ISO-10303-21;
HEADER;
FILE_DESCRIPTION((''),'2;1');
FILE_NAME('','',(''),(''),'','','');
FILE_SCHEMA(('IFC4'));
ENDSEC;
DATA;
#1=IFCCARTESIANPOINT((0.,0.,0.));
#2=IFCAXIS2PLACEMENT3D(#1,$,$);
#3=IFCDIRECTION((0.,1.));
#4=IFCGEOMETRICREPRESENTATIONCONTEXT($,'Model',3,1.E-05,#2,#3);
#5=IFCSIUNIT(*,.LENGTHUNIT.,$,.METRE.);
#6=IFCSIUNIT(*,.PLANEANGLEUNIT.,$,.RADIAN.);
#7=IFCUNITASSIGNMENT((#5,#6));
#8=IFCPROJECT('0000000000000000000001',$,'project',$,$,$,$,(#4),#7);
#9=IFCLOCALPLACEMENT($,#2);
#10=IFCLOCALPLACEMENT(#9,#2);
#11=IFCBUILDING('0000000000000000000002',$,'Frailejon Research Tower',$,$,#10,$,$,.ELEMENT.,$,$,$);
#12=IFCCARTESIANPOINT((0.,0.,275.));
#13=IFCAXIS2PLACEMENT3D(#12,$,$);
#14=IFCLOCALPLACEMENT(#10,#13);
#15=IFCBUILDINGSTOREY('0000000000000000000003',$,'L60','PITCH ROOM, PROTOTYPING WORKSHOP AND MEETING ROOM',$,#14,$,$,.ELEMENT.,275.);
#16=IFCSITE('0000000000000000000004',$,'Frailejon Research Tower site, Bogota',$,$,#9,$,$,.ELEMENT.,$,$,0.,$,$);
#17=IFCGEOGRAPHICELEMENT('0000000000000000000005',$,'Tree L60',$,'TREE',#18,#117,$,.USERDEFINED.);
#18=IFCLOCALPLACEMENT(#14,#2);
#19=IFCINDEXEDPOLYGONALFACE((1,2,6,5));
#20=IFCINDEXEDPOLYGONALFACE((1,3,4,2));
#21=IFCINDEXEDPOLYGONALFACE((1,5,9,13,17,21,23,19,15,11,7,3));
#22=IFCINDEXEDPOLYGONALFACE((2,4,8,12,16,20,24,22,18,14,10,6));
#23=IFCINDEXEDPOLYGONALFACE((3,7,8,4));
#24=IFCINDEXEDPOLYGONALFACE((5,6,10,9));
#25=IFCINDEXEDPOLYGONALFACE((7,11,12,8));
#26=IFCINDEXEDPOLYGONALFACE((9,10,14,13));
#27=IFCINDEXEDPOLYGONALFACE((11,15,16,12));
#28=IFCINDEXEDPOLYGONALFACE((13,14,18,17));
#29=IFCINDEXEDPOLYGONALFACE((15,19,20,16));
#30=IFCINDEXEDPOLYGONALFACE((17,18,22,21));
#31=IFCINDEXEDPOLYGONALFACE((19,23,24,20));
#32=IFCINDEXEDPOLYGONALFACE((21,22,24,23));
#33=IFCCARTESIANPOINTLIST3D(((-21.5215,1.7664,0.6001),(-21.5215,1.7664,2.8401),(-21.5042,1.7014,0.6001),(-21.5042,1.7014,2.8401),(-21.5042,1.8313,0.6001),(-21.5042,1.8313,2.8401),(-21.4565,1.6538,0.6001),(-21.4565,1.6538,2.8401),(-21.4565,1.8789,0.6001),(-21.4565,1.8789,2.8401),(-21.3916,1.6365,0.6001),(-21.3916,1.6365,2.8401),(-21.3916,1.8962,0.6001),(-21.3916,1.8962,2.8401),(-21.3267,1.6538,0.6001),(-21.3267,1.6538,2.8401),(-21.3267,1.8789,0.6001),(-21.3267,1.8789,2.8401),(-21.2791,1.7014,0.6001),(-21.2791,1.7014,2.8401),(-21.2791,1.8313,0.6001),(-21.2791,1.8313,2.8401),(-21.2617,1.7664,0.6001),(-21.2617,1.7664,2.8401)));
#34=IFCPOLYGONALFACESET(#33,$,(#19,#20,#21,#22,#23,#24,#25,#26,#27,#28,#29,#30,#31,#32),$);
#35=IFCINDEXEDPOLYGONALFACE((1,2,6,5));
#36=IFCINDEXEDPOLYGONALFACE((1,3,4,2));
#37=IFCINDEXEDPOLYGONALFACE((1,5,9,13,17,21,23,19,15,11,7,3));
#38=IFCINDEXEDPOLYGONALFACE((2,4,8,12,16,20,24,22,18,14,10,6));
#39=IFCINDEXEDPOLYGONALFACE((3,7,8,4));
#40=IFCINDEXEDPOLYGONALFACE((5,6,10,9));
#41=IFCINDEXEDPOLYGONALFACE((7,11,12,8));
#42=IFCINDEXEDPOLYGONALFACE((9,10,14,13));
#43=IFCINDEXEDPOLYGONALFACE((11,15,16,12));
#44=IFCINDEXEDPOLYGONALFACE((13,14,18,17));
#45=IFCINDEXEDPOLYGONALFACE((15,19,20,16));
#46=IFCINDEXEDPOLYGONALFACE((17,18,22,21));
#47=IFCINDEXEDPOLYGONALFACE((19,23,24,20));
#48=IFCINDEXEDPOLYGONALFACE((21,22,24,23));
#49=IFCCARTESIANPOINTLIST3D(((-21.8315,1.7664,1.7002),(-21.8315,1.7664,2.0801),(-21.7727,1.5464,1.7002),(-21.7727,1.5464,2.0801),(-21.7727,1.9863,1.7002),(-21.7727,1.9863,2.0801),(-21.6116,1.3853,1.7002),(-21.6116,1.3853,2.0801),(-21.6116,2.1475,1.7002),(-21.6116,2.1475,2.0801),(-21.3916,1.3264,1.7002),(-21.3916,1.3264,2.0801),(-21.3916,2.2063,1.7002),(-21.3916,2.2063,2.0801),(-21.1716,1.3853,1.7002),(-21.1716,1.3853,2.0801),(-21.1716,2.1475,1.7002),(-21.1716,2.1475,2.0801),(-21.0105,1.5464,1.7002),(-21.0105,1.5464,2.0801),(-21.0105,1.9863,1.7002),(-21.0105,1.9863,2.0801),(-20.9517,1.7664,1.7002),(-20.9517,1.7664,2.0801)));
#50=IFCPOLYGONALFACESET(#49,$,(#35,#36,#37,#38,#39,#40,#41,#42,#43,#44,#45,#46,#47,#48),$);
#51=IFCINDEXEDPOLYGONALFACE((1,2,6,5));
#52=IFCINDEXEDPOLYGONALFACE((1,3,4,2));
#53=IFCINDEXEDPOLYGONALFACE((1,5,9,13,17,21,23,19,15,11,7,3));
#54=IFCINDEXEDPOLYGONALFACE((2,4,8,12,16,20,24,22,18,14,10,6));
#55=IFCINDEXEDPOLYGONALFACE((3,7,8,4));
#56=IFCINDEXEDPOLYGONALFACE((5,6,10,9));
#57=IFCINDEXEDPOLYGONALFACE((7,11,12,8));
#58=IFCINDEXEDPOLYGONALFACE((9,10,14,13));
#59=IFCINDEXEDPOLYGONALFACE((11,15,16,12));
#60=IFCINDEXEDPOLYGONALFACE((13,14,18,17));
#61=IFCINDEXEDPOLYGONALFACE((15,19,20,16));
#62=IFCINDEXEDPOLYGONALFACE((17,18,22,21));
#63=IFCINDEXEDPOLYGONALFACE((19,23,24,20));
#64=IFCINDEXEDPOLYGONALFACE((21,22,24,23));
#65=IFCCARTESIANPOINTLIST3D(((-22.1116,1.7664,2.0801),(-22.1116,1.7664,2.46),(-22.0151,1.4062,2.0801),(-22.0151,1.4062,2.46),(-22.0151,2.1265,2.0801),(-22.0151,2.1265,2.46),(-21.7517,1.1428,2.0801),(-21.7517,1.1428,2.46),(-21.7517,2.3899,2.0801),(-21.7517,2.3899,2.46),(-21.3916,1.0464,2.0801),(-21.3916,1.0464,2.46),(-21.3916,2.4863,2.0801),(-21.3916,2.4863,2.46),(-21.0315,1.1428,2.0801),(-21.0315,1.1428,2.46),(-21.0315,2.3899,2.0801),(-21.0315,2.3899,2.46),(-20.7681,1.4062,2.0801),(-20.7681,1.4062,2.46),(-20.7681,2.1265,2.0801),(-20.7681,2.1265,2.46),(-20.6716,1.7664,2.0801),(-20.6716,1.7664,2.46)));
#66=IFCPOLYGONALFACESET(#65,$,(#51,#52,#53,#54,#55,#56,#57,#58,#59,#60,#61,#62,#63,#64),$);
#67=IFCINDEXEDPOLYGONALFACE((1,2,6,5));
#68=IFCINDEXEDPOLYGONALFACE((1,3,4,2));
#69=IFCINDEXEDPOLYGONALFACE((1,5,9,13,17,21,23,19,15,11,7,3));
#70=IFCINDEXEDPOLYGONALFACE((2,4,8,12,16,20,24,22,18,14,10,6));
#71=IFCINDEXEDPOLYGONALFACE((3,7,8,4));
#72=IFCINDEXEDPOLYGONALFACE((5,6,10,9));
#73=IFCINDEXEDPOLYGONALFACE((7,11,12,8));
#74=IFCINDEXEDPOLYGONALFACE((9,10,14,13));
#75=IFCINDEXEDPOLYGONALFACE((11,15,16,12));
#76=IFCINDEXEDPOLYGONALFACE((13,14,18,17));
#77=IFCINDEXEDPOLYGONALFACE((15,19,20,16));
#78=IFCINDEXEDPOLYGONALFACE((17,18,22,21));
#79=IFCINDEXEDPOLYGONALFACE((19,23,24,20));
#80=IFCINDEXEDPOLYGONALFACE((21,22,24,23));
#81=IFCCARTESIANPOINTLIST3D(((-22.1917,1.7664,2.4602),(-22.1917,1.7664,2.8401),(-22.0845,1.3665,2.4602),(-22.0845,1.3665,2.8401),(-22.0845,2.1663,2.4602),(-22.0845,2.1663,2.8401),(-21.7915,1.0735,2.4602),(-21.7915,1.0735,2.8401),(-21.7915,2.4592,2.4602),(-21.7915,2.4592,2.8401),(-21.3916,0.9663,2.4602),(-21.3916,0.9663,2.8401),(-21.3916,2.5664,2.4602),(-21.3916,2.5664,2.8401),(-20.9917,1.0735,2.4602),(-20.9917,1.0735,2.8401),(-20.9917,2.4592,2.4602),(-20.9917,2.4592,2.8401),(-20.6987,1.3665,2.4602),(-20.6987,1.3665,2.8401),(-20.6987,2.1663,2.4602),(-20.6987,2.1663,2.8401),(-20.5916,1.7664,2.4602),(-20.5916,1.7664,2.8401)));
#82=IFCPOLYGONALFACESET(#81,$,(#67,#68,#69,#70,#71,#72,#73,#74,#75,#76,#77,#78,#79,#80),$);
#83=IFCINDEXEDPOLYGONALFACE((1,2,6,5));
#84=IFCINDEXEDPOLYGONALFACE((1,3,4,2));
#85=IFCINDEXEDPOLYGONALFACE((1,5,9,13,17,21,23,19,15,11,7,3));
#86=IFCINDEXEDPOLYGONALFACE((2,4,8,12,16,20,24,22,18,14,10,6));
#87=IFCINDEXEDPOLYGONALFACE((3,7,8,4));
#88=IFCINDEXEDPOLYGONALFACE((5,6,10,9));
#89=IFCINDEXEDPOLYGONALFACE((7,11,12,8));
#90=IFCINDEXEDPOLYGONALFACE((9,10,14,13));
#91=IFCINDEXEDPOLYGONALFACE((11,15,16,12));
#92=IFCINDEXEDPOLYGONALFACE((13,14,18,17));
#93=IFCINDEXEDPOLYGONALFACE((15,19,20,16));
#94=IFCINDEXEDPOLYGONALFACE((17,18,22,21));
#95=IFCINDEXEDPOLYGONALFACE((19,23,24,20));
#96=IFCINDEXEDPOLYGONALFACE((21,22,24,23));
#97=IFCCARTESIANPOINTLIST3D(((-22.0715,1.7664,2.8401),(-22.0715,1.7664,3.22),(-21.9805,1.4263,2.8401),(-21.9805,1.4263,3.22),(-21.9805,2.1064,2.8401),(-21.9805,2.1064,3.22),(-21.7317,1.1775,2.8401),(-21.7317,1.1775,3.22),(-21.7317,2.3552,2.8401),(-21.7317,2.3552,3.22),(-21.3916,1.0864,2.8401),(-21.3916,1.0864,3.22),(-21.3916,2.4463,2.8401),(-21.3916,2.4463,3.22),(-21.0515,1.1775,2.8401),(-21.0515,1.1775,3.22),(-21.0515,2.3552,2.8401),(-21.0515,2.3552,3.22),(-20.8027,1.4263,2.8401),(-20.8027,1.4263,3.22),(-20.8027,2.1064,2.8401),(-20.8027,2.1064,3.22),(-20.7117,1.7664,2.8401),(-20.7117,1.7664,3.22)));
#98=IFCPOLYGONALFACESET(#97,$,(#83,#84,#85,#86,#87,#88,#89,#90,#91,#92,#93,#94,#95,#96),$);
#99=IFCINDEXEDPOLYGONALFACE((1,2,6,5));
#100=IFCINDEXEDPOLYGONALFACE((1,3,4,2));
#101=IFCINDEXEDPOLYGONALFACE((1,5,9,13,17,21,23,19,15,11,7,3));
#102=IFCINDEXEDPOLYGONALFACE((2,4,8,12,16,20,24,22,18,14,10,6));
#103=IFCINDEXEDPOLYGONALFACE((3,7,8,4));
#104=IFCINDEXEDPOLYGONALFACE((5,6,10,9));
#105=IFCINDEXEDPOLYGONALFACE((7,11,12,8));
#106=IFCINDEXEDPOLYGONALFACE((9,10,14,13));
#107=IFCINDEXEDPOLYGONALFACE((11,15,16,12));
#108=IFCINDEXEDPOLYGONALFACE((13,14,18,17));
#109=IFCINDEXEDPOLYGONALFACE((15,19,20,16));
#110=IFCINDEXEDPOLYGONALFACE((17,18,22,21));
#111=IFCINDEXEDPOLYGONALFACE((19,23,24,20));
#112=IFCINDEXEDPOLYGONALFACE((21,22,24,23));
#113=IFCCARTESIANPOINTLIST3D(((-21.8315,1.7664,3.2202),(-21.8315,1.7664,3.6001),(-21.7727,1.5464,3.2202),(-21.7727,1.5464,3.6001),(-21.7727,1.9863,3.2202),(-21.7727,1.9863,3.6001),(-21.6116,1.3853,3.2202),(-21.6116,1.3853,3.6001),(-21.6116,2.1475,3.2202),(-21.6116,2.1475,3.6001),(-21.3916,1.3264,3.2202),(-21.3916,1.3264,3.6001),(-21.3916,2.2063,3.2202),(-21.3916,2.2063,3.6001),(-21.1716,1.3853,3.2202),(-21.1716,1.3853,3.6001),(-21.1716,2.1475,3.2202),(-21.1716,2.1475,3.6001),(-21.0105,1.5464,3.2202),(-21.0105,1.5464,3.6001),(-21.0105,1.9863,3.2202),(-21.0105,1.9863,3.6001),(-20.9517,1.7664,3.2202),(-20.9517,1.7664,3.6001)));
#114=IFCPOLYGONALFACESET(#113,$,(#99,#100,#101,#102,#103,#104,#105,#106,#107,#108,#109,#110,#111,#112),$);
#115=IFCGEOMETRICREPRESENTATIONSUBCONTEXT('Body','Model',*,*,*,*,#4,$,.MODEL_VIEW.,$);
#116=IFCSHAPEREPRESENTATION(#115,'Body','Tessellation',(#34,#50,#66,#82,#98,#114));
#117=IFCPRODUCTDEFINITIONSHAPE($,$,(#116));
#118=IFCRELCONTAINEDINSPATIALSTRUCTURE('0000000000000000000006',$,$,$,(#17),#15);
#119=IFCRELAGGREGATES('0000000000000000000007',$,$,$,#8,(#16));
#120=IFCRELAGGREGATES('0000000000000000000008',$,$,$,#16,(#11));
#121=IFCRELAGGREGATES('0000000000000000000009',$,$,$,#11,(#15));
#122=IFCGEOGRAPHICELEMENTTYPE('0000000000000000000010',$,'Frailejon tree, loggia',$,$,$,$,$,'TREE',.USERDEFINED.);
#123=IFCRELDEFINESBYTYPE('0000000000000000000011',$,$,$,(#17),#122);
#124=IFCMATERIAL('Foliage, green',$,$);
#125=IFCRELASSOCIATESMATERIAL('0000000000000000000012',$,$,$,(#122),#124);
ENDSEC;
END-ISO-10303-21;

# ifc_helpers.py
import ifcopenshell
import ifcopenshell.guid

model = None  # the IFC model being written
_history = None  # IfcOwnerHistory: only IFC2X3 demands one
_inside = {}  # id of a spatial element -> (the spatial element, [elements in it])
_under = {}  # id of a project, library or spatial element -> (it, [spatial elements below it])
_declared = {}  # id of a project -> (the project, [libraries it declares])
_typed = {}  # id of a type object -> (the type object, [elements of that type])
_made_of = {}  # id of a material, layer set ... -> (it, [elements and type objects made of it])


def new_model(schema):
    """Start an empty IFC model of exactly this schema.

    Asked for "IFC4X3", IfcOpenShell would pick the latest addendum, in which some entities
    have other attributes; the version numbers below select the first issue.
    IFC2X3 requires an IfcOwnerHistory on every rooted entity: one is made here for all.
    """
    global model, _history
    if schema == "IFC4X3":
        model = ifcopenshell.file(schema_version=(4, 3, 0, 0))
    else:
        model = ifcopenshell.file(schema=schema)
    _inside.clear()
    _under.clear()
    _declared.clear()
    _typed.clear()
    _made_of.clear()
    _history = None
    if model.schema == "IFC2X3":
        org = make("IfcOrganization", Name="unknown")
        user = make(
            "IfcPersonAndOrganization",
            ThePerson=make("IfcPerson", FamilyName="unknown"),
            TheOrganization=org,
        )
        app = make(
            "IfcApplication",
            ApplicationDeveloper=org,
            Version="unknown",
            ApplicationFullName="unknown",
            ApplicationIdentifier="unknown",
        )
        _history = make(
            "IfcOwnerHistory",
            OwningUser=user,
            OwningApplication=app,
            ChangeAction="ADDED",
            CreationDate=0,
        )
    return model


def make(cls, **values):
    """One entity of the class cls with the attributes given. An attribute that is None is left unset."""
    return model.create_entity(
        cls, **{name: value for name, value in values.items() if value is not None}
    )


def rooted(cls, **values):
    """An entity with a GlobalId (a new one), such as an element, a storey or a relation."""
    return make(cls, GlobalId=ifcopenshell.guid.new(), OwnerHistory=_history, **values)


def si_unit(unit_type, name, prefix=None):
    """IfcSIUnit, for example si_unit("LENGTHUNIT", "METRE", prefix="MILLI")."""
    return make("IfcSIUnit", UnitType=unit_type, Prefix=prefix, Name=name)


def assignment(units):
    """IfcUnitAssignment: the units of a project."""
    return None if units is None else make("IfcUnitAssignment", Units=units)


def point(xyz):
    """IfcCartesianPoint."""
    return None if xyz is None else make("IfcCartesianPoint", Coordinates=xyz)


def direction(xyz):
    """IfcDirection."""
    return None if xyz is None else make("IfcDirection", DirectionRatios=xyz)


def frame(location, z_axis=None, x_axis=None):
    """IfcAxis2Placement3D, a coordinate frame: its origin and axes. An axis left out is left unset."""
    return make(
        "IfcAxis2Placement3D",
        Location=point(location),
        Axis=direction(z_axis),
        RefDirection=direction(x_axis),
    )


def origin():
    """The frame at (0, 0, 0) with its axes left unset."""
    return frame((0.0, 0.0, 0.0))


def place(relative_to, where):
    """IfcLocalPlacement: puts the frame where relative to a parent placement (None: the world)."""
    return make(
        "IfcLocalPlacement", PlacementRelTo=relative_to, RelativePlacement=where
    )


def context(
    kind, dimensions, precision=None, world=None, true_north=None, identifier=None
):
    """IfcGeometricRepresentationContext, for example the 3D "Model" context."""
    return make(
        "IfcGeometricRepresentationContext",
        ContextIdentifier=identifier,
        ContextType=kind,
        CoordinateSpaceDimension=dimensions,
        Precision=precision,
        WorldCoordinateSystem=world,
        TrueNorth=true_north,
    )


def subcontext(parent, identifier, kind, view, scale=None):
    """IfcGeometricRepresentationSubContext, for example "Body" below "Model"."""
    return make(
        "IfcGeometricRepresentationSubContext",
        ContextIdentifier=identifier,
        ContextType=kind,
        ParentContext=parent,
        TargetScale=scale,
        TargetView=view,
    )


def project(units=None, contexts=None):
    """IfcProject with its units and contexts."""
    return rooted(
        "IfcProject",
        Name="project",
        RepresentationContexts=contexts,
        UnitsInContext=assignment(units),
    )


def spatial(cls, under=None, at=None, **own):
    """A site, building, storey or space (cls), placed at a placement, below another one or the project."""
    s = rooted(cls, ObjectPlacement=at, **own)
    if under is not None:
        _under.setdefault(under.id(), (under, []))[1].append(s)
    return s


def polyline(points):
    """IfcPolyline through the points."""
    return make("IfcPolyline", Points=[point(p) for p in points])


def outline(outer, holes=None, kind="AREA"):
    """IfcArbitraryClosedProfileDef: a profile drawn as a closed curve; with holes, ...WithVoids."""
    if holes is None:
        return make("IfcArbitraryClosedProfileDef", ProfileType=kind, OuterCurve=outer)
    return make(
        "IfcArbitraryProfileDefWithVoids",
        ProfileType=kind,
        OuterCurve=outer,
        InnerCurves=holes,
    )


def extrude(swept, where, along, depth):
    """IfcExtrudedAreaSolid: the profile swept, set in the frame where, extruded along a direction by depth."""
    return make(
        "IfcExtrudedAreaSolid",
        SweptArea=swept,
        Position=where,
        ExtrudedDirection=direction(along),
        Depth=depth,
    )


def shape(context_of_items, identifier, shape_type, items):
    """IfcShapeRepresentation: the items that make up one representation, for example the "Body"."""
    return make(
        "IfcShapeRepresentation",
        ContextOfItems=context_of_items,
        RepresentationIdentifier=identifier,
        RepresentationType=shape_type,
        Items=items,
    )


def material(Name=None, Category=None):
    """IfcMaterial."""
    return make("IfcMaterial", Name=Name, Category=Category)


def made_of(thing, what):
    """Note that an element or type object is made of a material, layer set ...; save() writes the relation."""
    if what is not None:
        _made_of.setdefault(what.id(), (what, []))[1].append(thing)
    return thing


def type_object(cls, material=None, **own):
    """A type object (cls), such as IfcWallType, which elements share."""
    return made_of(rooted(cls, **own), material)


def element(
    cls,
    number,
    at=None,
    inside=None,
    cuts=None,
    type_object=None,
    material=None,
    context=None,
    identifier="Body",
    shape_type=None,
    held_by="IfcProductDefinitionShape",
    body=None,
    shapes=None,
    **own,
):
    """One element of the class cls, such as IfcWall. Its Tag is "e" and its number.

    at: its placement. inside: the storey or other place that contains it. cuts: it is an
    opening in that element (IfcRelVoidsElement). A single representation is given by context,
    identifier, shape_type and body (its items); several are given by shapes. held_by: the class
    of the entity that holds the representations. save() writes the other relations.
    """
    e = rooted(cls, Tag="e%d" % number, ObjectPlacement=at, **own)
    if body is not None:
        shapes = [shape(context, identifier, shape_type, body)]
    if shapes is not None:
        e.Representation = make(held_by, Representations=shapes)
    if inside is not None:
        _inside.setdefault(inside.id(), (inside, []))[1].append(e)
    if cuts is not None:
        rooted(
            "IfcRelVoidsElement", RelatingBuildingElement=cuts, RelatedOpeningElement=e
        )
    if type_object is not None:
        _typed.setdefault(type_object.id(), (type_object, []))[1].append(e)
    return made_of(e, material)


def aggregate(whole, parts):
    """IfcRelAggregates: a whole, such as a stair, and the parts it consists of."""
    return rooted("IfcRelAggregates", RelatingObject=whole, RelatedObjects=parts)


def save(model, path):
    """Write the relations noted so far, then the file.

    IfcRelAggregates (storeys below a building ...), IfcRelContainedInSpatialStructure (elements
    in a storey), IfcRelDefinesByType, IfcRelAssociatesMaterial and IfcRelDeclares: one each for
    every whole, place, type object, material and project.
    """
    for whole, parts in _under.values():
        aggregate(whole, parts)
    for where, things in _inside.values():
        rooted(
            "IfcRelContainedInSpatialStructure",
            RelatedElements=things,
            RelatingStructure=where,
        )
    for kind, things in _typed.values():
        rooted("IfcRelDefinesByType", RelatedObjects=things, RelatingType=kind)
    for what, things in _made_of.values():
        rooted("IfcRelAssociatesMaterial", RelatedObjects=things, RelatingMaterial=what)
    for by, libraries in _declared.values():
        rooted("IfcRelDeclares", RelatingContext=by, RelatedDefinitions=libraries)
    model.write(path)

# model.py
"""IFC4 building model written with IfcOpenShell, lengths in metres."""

from ifc_helpers import new_model, si_unit, direction, frame, origin, place, context, subcontext, project, spatial, polyline, outline, extrude, material, type_object, element, save


model = new_model("IFC4")

# Units and contexts
model_context = context("Model", 3, precision=1e-05, world=origin(), true_north=direction((0.0, 1.0)))
body_context = subcontext(model_context, "Body", "Model", "MODEL_VIEW")
ifc_project = project(units=[si_unit("LENGTHUNIT", "METRE"), si_unit("PLANEANGLEUNIT", "RADIAN")], contexts=[model_context])

# Site, building, storey
site_placement = place(None, origin())
site = spatial("IfcSite", under=ifc_project, at=site_placement, Name="Frailejon Research Tower site, Bogota", CompositionType="ELEMENT", RefElevation=0.0)
building_placement = place(site_placement, origin())
building = spatial("IfcBuilding", under=site, at=building_placement, Name="Frailejon Research Tower", CompositionType="ELEMENT")
storey_placement = place(building_placement, frame((0.0, 0.0, 275.0)))
storey = spatial("IfcBuildingStorey", under=building, at=storey_placement, Name="L60", Description="PITCH ROOM, PROTOTYPING WORKSHOP AND MEETING ROOM", CompositionType="ELEMENT", Elevation=275.0)

# Geographic element
ifc_material_1 = material(Name="Foliage, green")
geographic_element_type = type_object("IfcGeographicElementType", Name="Frailejon tree, loggia", ElementType="TREE", PredefinedType="USERDEFINED", material=ifc_material_1)
geographic_element_placement = place(storey_placement, frame((-21.3916, 1.7664, 0.6001)))
element("IfcGeographicElement", 1, at=geographic_element_placement, inside=storey, type_object=geographic_element_type, Name="Tree L60", ObjectType="TREE", PredefinedType="USERDEFINED", context=body_context, shape_type="SweptSolid", body=[
    extrude(outline(polyline([(0.1299, 0.0), (0.1125, 0.0649), (0.0649, 0.1125), (0.0, 0.1299), (-0.0649, 0.1125), (-0.1125, 0.0649), (-0.1299, 0.0), (-0.1125, -0.0649), (-0.0649, -0.1125), (0.0, -0.1299), (0.0649, -0.1125), (0.1125, -0.0649), (0.1299, 0.0)])), origin(), (0.0, 0.0, 1.0), 2.24),
    extrude(outline(polyline([(0.4399, 0.0), (0.3811, 0.22), (0.22, 0.3811), (0.0, 0.4399), (-0.22, 0.3811), (-0.3811, 0.22), (-0.4399, 0.0), (-0.3811, -0.22), (-0.22, -0.3811), (0.0, -0.4399), (0.22, -0.3811), (0.3811, -0.22), (0.4399, 0.0)])), frame((0.0, 0.0, 1.1001)), (0.0, 0.0, 1.0), 0.3799),
    extrude(outline(polyline([(0.72, 0.0), (0.6235, 0.3601), (0.3601, 0.6235), (0.0, 0.72), (-0.3601, 0.6235), (-0.6235, 0.3601), (-0.72, 0.0), (-0.6235, -0.3601), (-0.3601, -0.6235), (0.0, -0.72), (0.3601, -0.6235), (0.6235, -0.3601), (0.72, 0.0)])), frame((0.0, 0.0, 1.48)), (0.0, 0.0, 1.0), 0.3799),
    extrude(outline(polyline([(0.8, 0.0), (0.6929, 0.3999), (0.3999, 0.6929), (0.0, 0.8), (-0.3999, 0.6929), (-0.6929, 0.3999), (-0.8, 0.0), (-0.6929, -0.3999), (-0.3999, -0.6929), (0.0, -0.8), (0.3999, -0.6929), (0.6929, -0.3999), (0.8, 0.0)])), frame((0.0, 0.0, 1.8601)), (0.0, 0.0, 1.0), 0.3799),
    extrude(outline(polyline([(0.6799, 0.0), (0.5889, 0.3401), (0.3401, 0.5889), (0.0, 0.6799), (-0.3401, 0.5889), (-0.5889, 0.3401), (-0.6799, 0.0), (-0.5889, -0.3401), (-0.3401, -0.5889), (0.0, -0.6799), (0.3401, -0.5889), (0.5889, -0.3401), (0.6799, 0.0)])), frame((0.0, 0.0, 2.24)), (0.0, 0.0, 1.0), 0.3799),
    extrude(outline(polyline([(0.4399, 0.0), (0.3811, 0.22), (0.22, 0.3811), (0.0, 0.4399), (-0.22, 0.3811), (-0.3811, 0.22), (-0.4399, 0.0), (-0.3811, -0.22), (-0.22, -0.3811), (0.0, -0.4399), (0.22, -0.3811), (0.3811, -0.22), (0.4399, 0.0)])), frame((0.0, 0.0, 2.6201)), (0.0, 0.0, 1.0), 0.3799),
])

save(model, "model.ifc")
